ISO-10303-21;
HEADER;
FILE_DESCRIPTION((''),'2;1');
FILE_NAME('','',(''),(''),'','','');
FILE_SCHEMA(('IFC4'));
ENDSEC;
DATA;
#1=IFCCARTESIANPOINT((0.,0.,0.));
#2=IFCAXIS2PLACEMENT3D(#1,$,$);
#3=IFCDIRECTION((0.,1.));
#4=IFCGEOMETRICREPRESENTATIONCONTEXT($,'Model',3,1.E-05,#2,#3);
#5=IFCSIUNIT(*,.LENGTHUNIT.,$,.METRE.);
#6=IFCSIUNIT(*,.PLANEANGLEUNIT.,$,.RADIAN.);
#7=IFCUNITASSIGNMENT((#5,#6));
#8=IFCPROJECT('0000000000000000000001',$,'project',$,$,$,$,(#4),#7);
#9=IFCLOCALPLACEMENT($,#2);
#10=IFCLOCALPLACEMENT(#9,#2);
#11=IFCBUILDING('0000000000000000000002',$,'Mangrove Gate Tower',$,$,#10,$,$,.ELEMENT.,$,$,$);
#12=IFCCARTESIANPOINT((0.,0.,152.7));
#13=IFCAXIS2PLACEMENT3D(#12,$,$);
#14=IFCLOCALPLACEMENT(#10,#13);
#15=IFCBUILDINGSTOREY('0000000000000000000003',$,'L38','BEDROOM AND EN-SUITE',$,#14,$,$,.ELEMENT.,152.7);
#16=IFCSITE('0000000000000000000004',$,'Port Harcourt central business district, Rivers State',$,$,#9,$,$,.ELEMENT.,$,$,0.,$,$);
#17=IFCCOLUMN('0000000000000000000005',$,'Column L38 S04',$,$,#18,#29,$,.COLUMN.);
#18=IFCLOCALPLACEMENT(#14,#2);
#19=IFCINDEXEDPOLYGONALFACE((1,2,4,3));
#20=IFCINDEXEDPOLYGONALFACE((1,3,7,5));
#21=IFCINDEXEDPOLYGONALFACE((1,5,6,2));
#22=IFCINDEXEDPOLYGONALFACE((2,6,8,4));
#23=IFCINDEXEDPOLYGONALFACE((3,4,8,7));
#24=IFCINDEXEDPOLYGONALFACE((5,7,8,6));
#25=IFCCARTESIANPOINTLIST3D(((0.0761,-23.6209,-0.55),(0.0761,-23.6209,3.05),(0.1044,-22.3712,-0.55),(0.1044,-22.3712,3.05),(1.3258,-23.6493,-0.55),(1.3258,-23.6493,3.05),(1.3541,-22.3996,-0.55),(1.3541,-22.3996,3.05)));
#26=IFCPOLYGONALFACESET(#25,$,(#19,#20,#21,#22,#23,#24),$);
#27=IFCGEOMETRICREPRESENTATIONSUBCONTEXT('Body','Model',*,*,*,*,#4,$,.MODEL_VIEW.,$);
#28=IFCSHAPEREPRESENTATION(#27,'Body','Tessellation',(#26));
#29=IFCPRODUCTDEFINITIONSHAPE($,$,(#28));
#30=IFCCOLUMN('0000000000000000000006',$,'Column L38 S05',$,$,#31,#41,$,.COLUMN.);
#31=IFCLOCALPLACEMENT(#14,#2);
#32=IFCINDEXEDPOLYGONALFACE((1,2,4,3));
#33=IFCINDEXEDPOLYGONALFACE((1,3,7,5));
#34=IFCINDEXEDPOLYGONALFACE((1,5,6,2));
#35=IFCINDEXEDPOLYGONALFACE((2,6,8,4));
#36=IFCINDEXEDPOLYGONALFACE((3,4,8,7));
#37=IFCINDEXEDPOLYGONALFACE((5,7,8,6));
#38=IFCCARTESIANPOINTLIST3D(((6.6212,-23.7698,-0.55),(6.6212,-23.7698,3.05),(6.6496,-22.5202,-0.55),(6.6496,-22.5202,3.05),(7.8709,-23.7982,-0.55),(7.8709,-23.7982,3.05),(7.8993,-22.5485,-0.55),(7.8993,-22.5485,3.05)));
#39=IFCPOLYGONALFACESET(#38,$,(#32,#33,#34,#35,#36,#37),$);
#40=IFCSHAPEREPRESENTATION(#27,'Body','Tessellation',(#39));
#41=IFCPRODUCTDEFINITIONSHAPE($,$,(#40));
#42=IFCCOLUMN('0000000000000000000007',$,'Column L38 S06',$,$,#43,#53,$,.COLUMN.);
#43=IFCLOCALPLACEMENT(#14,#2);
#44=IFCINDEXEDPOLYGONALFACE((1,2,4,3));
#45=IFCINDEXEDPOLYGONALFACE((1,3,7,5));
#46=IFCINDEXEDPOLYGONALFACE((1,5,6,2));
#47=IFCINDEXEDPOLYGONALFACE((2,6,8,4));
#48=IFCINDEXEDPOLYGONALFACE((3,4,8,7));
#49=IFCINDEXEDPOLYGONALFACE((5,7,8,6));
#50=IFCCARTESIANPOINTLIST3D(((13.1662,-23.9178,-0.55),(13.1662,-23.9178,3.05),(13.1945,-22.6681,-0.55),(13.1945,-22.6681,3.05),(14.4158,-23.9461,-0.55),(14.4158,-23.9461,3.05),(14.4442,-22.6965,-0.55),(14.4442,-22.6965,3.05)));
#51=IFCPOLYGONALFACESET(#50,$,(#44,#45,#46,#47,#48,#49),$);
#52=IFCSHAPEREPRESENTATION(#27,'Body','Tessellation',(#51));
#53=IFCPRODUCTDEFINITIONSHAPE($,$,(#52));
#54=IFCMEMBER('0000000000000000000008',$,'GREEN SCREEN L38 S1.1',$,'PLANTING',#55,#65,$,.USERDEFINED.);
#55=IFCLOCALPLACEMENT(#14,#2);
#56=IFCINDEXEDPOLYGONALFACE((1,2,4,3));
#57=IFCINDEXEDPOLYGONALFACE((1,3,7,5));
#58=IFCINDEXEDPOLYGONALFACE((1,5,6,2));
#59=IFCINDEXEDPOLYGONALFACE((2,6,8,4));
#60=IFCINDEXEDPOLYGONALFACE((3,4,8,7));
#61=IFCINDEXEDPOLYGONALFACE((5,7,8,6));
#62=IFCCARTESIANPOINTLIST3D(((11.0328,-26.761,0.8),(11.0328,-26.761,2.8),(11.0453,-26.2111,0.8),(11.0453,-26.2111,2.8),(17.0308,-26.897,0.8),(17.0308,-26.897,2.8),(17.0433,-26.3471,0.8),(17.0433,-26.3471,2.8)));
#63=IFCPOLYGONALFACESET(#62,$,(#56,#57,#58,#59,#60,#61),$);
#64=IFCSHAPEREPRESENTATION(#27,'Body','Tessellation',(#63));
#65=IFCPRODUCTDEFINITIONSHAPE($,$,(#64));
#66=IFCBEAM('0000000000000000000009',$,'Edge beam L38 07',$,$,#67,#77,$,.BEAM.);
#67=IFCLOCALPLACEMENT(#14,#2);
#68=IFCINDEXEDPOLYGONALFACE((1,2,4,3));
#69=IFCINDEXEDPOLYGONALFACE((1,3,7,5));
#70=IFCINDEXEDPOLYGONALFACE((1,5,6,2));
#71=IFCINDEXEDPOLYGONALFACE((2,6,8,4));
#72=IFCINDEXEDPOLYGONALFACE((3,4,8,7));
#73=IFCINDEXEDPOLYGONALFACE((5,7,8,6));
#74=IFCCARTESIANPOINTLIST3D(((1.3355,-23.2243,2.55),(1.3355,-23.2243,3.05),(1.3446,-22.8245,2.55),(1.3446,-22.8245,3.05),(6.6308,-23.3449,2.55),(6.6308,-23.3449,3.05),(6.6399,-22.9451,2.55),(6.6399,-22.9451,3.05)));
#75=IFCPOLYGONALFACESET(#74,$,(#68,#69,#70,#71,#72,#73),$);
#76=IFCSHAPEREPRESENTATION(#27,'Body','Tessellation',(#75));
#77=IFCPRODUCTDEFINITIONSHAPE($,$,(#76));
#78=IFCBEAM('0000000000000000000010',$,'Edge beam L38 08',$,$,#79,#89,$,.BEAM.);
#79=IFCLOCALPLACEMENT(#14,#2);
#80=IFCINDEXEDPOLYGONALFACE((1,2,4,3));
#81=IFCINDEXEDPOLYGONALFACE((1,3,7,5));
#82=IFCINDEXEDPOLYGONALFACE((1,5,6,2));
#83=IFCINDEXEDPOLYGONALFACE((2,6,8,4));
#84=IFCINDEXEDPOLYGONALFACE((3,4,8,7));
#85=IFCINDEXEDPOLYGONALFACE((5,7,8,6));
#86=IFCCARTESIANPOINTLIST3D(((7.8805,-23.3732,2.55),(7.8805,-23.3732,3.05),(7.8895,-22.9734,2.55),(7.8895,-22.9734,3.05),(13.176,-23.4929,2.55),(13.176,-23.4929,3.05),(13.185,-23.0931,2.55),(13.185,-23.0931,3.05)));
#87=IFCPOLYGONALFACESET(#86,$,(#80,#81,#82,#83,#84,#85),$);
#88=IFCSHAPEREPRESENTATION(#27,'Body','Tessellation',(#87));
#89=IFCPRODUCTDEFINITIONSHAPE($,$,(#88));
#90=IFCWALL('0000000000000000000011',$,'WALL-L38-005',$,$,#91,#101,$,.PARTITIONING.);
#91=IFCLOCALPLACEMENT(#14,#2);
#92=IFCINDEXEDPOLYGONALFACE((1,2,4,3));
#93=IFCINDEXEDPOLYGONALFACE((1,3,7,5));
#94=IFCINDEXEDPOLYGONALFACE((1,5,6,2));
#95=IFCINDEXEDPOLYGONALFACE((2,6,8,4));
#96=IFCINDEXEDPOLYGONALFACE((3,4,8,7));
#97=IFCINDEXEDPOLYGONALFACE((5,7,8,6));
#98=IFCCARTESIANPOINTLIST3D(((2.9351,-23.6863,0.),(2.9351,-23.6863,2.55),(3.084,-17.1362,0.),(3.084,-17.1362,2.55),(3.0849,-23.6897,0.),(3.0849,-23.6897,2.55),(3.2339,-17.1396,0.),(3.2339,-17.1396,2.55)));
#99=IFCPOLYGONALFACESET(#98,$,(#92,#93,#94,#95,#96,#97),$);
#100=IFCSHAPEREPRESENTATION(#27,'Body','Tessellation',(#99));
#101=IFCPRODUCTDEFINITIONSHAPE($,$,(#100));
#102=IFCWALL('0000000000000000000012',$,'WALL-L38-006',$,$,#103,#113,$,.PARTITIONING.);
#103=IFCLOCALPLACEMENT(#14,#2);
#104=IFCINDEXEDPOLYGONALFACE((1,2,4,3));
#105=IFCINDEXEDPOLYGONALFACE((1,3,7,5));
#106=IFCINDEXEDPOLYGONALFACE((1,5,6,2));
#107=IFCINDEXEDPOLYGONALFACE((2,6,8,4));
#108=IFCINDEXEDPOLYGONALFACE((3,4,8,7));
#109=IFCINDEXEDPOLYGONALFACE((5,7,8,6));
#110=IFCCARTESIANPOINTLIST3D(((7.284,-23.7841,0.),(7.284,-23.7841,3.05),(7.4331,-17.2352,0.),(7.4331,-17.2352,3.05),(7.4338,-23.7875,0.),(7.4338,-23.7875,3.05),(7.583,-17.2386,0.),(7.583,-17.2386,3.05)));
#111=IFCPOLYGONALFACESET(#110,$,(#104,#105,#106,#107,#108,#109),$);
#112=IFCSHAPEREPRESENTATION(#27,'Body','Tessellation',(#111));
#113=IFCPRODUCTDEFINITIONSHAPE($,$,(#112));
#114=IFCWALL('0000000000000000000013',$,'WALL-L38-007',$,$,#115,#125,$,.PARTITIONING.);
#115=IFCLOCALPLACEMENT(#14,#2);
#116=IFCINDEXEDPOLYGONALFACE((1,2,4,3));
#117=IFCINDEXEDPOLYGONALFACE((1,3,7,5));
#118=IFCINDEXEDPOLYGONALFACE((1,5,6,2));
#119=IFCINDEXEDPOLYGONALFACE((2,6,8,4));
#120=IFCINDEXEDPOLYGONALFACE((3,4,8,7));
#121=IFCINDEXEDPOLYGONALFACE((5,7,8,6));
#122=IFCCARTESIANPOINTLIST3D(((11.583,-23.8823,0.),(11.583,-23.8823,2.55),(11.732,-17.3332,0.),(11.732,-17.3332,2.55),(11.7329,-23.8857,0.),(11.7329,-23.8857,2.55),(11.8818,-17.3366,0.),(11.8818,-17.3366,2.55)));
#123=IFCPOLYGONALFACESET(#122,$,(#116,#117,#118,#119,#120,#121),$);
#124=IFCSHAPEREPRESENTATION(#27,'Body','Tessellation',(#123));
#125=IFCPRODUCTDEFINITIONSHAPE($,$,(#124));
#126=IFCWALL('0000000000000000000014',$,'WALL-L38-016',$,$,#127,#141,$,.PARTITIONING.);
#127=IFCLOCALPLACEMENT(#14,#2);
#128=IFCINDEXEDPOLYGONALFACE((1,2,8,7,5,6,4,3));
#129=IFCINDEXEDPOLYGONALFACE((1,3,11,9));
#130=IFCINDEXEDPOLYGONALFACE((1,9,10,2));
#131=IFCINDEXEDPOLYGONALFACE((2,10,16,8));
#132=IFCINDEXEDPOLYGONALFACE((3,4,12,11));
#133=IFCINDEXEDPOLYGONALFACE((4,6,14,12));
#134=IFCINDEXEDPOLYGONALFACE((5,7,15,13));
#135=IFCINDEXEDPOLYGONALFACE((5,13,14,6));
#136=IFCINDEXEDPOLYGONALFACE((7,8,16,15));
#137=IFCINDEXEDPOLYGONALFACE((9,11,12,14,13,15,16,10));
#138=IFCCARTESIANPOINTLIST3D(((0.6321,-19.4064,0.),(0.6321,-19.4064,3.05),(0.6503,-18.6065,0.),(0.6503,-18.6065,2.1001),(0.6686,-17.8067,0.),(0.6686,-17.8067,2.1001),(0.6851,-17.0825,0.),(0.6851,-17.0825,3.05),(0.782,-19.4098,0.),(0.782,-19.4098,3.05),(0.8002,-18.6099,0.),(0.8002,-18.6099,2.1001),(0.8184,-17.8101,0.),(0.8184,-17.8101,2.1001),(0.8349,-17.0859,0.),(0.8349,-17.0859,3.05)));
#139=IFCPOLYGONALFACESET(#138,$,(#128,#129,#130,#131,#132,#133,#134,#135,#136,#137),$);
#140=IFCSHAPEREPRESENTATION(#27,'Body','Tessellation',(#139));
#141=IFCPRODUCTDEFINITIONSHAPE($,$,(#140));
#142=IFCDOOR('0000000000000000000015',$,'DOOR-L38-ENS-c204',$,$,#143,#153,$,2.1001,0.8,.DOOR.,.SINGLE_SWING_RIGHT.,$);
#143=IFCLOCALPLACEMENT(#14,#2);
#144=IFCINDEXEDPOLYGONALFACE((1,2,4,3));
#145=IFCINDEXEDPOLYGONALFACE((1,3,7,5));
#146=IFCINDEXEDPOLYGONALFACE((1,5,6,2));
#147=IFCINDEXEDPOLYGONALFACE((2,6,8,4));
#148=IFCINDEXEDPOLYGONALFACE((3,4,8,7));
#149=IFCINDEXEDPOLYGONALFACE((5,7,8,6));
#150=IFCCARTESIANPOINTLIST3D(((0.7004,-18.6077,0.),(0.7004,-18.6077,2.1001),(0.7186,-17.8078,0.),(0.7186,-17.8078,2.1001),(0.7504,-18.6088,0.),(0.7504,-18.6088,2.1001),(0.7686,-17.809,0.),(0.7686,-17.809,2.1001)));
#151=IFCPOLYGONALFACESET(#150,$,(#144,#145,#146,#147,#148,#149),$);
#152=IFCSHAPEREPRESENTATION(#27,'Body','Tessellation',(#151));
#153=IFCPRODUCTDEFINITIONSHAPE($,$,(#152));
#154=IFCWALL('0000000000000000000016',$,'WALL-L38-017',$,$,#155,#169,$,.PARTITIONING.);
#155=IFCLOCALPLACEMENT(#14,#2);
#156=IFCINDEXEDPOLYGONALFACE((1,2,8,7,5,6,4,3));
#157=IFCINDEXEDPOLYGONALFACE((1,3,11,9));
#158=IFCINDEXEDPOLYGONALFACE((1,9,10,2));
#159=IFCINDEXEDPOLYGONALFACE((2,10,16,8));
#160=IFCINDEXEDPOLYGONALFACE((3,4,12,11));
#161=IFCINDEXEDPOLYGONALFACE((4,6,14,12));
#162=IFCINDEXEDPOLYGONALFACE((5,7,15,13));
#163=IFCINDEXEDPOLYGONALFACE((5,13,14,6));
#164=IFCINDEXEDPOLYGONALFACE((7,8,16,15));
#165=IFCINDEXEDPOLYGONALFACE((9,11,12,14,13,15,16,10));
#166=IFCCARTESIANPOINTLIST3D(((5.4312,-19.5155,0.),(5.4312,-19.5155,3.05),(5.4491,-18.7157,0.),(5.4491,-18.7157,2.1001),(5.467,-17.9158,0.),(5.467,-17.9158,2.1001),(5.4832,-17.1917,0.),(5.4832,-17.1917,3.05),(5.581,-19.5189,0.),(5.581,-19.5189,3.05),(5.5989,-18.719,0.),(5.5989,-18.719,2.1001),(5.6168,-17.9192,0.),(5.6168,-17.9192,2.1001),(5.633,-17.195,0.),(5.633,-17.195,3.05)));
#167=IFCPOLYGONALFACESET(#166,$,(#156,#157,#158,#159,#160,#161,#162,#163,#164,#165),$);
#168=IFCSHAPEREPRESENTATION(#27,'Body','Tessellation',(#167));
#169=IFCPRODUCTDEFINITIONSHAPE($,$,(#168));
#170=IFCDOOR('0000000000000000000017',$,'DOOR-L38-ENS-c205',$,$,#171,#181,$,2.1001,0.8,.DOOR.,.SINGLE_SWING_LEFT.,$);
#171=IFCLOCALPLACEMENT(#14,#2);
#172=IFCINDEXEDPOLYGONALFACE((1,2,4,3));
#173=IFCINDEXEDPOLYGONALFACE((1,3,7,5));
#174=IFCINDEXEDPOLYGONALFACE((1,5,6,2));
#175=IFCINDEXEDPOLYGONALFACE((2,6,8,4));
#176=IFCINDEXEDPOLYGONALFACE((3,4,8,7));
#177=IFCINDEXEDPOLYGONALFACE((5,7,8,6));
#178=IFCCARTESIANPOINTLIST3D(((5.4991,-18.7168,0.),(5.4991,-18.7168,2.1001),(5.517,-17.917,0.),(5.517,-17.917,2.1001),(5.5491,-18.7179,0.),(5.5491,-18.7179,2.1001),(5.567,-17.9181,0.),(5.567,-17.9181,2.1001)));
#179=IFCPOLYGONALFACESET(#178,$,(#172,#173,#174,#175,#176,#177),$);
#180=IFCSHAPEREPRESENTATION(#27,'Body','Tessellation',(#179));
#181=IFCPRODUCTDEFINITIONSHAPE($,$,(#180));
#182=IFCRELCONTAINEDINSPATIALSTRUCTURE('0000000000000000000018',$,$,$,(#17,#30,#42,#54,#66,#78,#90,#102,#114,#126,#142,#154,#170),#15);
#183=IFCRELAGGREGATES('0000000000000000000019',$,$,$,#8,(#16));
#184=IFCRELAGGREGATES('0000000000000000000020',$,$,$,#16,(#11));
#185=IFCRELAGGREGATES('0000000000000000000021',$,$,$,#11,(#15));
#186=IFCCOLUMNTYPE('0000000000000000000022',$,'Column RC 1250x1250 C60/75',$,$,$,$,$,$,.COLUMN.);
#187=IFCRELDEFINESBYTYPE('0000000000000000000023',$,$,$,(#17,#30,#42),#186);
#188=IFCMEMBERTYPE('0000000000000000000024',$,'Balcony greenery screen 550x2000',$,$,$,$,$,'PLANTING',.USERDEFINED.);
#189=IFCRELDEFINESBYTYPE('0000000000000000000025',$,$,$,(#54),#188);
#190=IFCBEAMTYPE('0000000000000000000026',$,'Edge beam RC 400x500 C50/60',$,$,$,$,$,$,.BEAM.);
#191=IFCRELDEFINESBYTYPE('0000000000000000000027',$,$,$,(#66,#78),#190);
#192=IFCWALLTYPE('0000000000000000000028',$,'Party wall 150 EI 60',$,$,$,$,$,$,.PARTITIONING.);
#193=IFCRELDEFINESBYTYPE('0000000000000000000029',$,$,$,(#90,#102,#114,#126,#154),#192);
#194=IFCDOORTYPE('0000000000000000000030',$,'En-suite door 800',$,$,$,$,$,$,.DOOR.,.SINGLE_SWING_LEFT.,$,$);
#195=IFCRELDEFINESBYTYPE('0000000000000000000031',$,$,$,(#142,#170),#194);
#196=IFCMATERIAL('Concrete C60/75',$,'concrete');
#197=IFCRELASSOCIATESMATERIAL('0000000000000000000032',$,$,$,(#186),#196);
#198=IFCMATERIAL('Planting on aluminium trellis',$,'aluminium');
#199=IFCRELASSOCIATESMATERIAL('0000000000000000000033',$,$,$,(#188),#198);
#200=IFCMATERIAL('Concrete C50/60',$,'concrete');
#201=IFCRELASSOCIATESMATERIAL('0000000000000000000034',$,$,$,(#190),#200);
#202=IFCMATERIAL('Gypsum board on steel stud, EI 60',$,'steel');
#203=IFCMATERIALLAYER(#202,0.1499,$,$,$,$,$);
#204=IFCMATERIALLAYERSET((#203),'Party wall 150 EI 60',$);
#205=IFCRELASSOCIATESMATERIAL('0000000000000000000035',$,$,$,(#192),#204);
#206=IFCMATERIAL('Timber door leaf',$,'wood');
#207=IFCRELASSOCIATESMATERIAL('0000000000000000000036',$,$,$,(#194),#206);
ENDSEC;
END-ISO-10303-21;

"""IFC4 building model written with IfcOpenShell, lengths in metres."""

from ifc_helpers import new_model, si_unit, direction, frame, frame_2d, origin, origin_2d, place, context, subcontext, project, spatial, rectangle, extrude, material, layer, layer_set, material_profile, profile_set, type_object, element, fill, save


model = new_model("IFC4")

# Units and contexts
model_context = context("Model", 3, precision=1e-05, world=origin(), true_north=direction((0.0, 1.0)))
body_context = subcontext(model_context, "Body", "Model", "MODEL_VIEW")
ifc_project = project(units=[si_unit("LENGTHUNIT", "METRE"), si_unit("PLANEANGLEUNIT", "RADIAN")], contexts=[model_context])

# Site, building, storey
site_placement = place(None, origin())
site = spatial("IfcSite", under=ifc_project, at=site_placement, Name="Port Harcourt central business district, Rivers State", CompositionType="ELEMENT", RefElevation=0.0)
building_placement = place(site_placement, origin())
building = spatial("IfcBuilding", under=site, at=building_placement, Name="Mangrove Gate Tower", CompositionType="ELEMENT")
storey_placement = place(building_placement, frame((0.0, 0.0, 152.7)))
storey = spatial("IfcBuildingStorey", under=building, at=storey_placement, Name="L38", Description="BEDROOM AND EN-SUITE", CompositionType="ELEMENT", Elevation=152.7)

# Columns
ifc_material_1 = material(Name="Concrete C60/75", Category="concrete")
ifc_material_profile_1 = material_profile(ifc_material_1, rectangle(XDim=1.25, YDim=1.25, at=origin_2d()))
ifc_profile_set_1 = profile_set([ifc_material_profile_1], Name="Concrete C60/75")
column_type = type_object("IfcColumnType", Name="Column RC 1250x1250 C60/75", PredefinedType="COLUMN", material=ifc_profile_set_1)
for number, where, z_axis, x_axis, name in (
    (1, (0.7151, -23.0103, -0.55), (0.0, 0.0, 1.0), (0.999743, -0.022683, 0.0), "Column L38 S04"),
    (2, (7.2603, -23.1592, -0.55), (0.0, 0.0, 1.0), (0.999743, -0.022683, 0.0), "Column L38 S05"),
    (3, (13.8052, -23.3071, -0.55), (0.0, 0.0, 1.0), (0.999743, -0.022683, 0.0), "Column L38 S06"),
):
    element("IfcColumn", number, at=place(storey_placement, frame(where, z_axis=z_axis, x_axis=x_axis)), inside=storey, type_object=column_type, Name=name, PredefinedType="COLUMN", context=body_context, shape_type="SweptSolid", body=[
        extrude(rectangle(XDim=1.25, YDim=1.25, at=origin_2d()), origin(), (0.0, 0.0, 1.0), 3.6001),
    ])

# Member
ifc_material_2 = material(Name="Planting on aluminium trellis", Category="aluminium")
ifc_material_profile_2 = material_profile(ifc_material_2, rectangle(XDim=0.55, YDim=2.0, at=origin_2d()))
ifc_profile_set_2 = profile_set([ifc_material_profile_2], Name="Planting on aluminium trellis")
member_type = type_object("IfcMemberType", Name="Balcony greenery screen 550x2000", ElementType="PLANTING", PredefinedType="USERDEFINED", material=ifc_profile_set_2)
member_placement = place(storey_placement, frame((11.0391, -26.4861, 1.8), z_axis=(0.999743, -0.022666, 0.0), x_axis=(0.022666, 0.999743, 0.0)))
element("IfcMember", 4, at=member_placement, inside=storey, type_object=member_type, Name="GREEN SCREEN L38 S1.1", ObjectType="PLANTING", PredefinedType="USERDEFINED", context=body_context, shape_type="SweptSolid", body=[
    extrude(rectangle(XDim=0.55, YDim=2.0, at=origin_2d()), origin(), (0.0, 0.0, 1.0), 5.9995),
])

# Beams
ifc_material_3 = material(Name="Concrete C50/60", Category="concrete")
ifc_material_profile_3 = material_profile(ifc_material_3, rectangle(XDim=0.3999, YDim=0.5, at=origin_2d()))
ifc_profile_set_3 = profile_set([ifc_material_profile_3], Name="Concrete C50/60")
beam_type = type_object("IfcBeamType", Name="Edge beam RC 400x500 C50/60", PredefinedType="BEAM", material=ifc_profile_set_3)
beam_1_placement = place(storey_placement, frame((1.3401, -23.0244, 2.8), z_axis=(0.999741, -0.022771, 0.0), x_axis=(0.022771, 0.999741, 0.0)))
element("IfcBeam", 5, at=beam_1_placement, inside=storey, type_object=beam_type, Name="Edge beam L38 07", PredefinedType="BEAM", context=body_context, shape_type="SweptSolid", body=[
    extrude(rectangle(XDim=0.3999, YDim=0.5, at=origin_2d()), origin(), (0.0, 0.0, 1.0), 5.2966),
])
beam_2_placement = place(storey_placement, frame((7.885, -23.1733, 2.8), z_axis=(0.999745, -0.022585, 0.0), x_axis=(0.022585, 0.999745, 0.0)))
element("IfcBeam", 6, at=beam_2_placement, inside=storey, type_object=beam_type, Name="Edge beam L38 08", PredefinedType="BEAM", context=body_context, shape_type="SweptSolid", body=[
    extrude(rectangle(XDim=0.3999, YDim=0.5, at=origin_2d()), origin(), (0.0, 0.0, 1.0), 5.2969),
])

# Walls
ifc_material_4 = material(Name="Gypsum board on steel stud, EI 60", Category="steel")
ifc_layer_1 = layer(ifc_material_4, 0.1499)
ifc_layer_set_1 = layer_set([ifc_layer_1], Name="Party wall 150 EI 60")
wall_type_1 = type_object("IfcWallType", Name="Party wall 150 EI 60", PredefinedType="PARTITIONING", material=ifc_layer_set_1)
wall_1_placement = place(storey_placement, frame((3.01, -23.688, 0.0), z_axis=(0.0, 0.0, 1.0), x_axis=(0.022731, 0.999742, 0.0)))
element("IfcWall", 7, at=wall_1_placement, inside=storey, type_object=wall_type_1, Name="WALL-L38-005", PredefinedType="PARTITIONING", context=body_context, shape_type="SweptSolid", body=[
    extrude(rectangle(XDim=6.5518, YDim=0.1499, at=frame_2d((3.2759, 0.0))), origin(), (0.0, 0.0, 1.0), 2.55),
])
wall_2_placement = place(storey_placement, frame((7.3589, -23.7859, 0.0), z_axis=(0.0, 0.0, 1.0), x_axis=(0.022772, 0.999741, 0.0)))
element("IfcWall", 8, at=wall_2_placement, inside=storey, type_object=wall_type_1, Name="WALL-L38-006", PredefinedType="PARTITIONING", context=body_context, shape_type="SweptSolid", body=[
    extrude(rectangle(XDim=6.5505, YDim=0.1499, at=frame_2d((3.2754, 0.0))), origin(), (0.0, 0.0, 1.0), 3.05),
])
wall_3_placement = place(storey_placement, frame((11.658, -23.884, 0.0), z_axis=(0.0, 0.0, 1.0), x_axis=(0.022734, 0.999742, 0.0)))
element("IfcWall", 9, at=wall_3_placement, inside=storey, type_object=wall_type_1, Name="WALL-L38-007", PredefinedType="PARTITIONING", context=body_context, shape_type="SweptSolid", body=[
    extrude(rectangle(XDim=6.5508, YDim=0.1499, at=frame_2d((3.2754, 0.0))), origin(), (0.0, 0.0, 1.0), 2.55),
])

# Walls, openings, doors
wall_4_placement = place(storey_placement, frame((0.707, -19.408, 0.0), z_axis=(0.0, 0.0, 1.0), x_axis=(0.022791, 0.99974, 0.0)))
wall_4 = element("IfcWall", 10, at=wall_4_placement, inside=storey, type_object=wall_type_1, Name="WALL-L38-016", PredefinedType="PARTITIONING", context=body_context, shape_type="SweptSolid", body=[
    extrude(rectangle(XDim=2.3245, YDim=0.1499, at=frame_2d((1.1621, 0.0))), origin(), (0.0, 0.0, 1.0), 3.05),
])
opening_1_placement = place(wall_4_placement, frame((0.8, 0.0, 0.0)))
opening_1 = element("IfcOpeningElement", 11, at=opening_1_placement, cuts=wall_4, PredefinedType="OPENING", context=body_context, shape_type="SweptSolid", body=[
    extrude(rectangle(XDim=0.8, YDim=2.1001, at=frame_2d((0.3999, 1.05))), frame((0.0, 0.085, 0.0), z_axis=(0.0, -1.0, 0.0), x_axis=(1.0, 0.0, 0.0)), (0.0, 0.0, 1.0), 0.1699),
])
ifc_material_5 = material(Name="Timber door leaf", Category="wood")
door_type = type_object("IfcDoorType", Name="En-suite door 800", OperationType="SINGLE_SWING_LEFT", PredefinedType="DOOR", material=ifc_material_5)
door_1_placement = place(opening_1_placement, origin())
door_1 = element("IfcDoor", 12, at=door_1_placement, inside=storey, type_object=door_type, Name="DOOR-L38-ENS-c204", OperationType="SINGLE_SWING_RIGHT", OverallHeight=2.1001, OverallWidth=0.8, PredefinedType="DOOR", context=body_context, shape_type="SweptSolid", body=[
    extrude(rectangle(XDim=0.8, YDim=2.1001, at=frame_2d((0.3999, 1.05))), frame((0.0, 0.0249, 0.0), z_axis=(0.0, -1.0, 0.0), x_axis=(1.0, 0.0, 0.0)), (0.0, 0.0, 1.0), 0.05),
])
fill(opening_1, door_1)
wall_5_placement = place(storey_placement, frame((5.5061, -19.5171, 0.0), z_axis=(0.0, 0.0, 1.0), x_axis=(0.022371, 0.99975, 0.0)))
wall_5 = element("IfcWall", 13, at=wall_5_placement, inside=storey, type_object=wall_type_1, Name="WALL-L38-017", PredefinedType="PARTITIONING", context=body_context, shape_type="SweptSolid", body=[
    extrude(rectangle(XDim=2.3245, YDim=0.1499, at=frame_2d((1.1621, 0.0))), origin(), (0.0, 0.0, 1.0), 3.05),
])
opening_2_placement = place(wall_5_placement, frame((0.8, 0.0, 0.0)))
opening_2 = element("IfcOpeningElement", 14, at=opening_2_placement, cuts=wall_5, PredefinedType="OPENING", context=body_context, shape_type="SweptSolid", body=[
    extrude(rectangle(XDim=0.8, YDim=2.1001, at=frame_2d((0.3999, 1.05))), frame((0.0, 0.085, 0.0), z_axis=(0.0, -1.0, 0.0), x_axis=(1.0, 0.0, 0.0)), (0.0, 0.0, 1.0), 0.1699),
])
door_2_placement = place(opening_2_placement, origin())
door_2 = element("IfcDoor", 15, at=door_2_placement, inside=storey, type_object=door_type, Name="DOOR-L38-ENS-c205", OperationType="SINGLE_SWING_LEFT", OverallHeight=2.1001, OverallWidth=0.8, PredefinedType="DOOR", context=body_context, shape_type="SweptSolid", body=[
    extrude(rectangle(XDim=0.8, YDim=2.1001, at=frame_2d((0.3999, 1.05))), frame((0.0, 0.0249, 0.0), z_axis=(0.0, -1.0, 0.0), x_axis=(1.0, 0.0, 0.0)), (0.0, 0.0, 1.0), 0.05),
])
fill(opening_2, door_2)

save(model, "model.ifc")
